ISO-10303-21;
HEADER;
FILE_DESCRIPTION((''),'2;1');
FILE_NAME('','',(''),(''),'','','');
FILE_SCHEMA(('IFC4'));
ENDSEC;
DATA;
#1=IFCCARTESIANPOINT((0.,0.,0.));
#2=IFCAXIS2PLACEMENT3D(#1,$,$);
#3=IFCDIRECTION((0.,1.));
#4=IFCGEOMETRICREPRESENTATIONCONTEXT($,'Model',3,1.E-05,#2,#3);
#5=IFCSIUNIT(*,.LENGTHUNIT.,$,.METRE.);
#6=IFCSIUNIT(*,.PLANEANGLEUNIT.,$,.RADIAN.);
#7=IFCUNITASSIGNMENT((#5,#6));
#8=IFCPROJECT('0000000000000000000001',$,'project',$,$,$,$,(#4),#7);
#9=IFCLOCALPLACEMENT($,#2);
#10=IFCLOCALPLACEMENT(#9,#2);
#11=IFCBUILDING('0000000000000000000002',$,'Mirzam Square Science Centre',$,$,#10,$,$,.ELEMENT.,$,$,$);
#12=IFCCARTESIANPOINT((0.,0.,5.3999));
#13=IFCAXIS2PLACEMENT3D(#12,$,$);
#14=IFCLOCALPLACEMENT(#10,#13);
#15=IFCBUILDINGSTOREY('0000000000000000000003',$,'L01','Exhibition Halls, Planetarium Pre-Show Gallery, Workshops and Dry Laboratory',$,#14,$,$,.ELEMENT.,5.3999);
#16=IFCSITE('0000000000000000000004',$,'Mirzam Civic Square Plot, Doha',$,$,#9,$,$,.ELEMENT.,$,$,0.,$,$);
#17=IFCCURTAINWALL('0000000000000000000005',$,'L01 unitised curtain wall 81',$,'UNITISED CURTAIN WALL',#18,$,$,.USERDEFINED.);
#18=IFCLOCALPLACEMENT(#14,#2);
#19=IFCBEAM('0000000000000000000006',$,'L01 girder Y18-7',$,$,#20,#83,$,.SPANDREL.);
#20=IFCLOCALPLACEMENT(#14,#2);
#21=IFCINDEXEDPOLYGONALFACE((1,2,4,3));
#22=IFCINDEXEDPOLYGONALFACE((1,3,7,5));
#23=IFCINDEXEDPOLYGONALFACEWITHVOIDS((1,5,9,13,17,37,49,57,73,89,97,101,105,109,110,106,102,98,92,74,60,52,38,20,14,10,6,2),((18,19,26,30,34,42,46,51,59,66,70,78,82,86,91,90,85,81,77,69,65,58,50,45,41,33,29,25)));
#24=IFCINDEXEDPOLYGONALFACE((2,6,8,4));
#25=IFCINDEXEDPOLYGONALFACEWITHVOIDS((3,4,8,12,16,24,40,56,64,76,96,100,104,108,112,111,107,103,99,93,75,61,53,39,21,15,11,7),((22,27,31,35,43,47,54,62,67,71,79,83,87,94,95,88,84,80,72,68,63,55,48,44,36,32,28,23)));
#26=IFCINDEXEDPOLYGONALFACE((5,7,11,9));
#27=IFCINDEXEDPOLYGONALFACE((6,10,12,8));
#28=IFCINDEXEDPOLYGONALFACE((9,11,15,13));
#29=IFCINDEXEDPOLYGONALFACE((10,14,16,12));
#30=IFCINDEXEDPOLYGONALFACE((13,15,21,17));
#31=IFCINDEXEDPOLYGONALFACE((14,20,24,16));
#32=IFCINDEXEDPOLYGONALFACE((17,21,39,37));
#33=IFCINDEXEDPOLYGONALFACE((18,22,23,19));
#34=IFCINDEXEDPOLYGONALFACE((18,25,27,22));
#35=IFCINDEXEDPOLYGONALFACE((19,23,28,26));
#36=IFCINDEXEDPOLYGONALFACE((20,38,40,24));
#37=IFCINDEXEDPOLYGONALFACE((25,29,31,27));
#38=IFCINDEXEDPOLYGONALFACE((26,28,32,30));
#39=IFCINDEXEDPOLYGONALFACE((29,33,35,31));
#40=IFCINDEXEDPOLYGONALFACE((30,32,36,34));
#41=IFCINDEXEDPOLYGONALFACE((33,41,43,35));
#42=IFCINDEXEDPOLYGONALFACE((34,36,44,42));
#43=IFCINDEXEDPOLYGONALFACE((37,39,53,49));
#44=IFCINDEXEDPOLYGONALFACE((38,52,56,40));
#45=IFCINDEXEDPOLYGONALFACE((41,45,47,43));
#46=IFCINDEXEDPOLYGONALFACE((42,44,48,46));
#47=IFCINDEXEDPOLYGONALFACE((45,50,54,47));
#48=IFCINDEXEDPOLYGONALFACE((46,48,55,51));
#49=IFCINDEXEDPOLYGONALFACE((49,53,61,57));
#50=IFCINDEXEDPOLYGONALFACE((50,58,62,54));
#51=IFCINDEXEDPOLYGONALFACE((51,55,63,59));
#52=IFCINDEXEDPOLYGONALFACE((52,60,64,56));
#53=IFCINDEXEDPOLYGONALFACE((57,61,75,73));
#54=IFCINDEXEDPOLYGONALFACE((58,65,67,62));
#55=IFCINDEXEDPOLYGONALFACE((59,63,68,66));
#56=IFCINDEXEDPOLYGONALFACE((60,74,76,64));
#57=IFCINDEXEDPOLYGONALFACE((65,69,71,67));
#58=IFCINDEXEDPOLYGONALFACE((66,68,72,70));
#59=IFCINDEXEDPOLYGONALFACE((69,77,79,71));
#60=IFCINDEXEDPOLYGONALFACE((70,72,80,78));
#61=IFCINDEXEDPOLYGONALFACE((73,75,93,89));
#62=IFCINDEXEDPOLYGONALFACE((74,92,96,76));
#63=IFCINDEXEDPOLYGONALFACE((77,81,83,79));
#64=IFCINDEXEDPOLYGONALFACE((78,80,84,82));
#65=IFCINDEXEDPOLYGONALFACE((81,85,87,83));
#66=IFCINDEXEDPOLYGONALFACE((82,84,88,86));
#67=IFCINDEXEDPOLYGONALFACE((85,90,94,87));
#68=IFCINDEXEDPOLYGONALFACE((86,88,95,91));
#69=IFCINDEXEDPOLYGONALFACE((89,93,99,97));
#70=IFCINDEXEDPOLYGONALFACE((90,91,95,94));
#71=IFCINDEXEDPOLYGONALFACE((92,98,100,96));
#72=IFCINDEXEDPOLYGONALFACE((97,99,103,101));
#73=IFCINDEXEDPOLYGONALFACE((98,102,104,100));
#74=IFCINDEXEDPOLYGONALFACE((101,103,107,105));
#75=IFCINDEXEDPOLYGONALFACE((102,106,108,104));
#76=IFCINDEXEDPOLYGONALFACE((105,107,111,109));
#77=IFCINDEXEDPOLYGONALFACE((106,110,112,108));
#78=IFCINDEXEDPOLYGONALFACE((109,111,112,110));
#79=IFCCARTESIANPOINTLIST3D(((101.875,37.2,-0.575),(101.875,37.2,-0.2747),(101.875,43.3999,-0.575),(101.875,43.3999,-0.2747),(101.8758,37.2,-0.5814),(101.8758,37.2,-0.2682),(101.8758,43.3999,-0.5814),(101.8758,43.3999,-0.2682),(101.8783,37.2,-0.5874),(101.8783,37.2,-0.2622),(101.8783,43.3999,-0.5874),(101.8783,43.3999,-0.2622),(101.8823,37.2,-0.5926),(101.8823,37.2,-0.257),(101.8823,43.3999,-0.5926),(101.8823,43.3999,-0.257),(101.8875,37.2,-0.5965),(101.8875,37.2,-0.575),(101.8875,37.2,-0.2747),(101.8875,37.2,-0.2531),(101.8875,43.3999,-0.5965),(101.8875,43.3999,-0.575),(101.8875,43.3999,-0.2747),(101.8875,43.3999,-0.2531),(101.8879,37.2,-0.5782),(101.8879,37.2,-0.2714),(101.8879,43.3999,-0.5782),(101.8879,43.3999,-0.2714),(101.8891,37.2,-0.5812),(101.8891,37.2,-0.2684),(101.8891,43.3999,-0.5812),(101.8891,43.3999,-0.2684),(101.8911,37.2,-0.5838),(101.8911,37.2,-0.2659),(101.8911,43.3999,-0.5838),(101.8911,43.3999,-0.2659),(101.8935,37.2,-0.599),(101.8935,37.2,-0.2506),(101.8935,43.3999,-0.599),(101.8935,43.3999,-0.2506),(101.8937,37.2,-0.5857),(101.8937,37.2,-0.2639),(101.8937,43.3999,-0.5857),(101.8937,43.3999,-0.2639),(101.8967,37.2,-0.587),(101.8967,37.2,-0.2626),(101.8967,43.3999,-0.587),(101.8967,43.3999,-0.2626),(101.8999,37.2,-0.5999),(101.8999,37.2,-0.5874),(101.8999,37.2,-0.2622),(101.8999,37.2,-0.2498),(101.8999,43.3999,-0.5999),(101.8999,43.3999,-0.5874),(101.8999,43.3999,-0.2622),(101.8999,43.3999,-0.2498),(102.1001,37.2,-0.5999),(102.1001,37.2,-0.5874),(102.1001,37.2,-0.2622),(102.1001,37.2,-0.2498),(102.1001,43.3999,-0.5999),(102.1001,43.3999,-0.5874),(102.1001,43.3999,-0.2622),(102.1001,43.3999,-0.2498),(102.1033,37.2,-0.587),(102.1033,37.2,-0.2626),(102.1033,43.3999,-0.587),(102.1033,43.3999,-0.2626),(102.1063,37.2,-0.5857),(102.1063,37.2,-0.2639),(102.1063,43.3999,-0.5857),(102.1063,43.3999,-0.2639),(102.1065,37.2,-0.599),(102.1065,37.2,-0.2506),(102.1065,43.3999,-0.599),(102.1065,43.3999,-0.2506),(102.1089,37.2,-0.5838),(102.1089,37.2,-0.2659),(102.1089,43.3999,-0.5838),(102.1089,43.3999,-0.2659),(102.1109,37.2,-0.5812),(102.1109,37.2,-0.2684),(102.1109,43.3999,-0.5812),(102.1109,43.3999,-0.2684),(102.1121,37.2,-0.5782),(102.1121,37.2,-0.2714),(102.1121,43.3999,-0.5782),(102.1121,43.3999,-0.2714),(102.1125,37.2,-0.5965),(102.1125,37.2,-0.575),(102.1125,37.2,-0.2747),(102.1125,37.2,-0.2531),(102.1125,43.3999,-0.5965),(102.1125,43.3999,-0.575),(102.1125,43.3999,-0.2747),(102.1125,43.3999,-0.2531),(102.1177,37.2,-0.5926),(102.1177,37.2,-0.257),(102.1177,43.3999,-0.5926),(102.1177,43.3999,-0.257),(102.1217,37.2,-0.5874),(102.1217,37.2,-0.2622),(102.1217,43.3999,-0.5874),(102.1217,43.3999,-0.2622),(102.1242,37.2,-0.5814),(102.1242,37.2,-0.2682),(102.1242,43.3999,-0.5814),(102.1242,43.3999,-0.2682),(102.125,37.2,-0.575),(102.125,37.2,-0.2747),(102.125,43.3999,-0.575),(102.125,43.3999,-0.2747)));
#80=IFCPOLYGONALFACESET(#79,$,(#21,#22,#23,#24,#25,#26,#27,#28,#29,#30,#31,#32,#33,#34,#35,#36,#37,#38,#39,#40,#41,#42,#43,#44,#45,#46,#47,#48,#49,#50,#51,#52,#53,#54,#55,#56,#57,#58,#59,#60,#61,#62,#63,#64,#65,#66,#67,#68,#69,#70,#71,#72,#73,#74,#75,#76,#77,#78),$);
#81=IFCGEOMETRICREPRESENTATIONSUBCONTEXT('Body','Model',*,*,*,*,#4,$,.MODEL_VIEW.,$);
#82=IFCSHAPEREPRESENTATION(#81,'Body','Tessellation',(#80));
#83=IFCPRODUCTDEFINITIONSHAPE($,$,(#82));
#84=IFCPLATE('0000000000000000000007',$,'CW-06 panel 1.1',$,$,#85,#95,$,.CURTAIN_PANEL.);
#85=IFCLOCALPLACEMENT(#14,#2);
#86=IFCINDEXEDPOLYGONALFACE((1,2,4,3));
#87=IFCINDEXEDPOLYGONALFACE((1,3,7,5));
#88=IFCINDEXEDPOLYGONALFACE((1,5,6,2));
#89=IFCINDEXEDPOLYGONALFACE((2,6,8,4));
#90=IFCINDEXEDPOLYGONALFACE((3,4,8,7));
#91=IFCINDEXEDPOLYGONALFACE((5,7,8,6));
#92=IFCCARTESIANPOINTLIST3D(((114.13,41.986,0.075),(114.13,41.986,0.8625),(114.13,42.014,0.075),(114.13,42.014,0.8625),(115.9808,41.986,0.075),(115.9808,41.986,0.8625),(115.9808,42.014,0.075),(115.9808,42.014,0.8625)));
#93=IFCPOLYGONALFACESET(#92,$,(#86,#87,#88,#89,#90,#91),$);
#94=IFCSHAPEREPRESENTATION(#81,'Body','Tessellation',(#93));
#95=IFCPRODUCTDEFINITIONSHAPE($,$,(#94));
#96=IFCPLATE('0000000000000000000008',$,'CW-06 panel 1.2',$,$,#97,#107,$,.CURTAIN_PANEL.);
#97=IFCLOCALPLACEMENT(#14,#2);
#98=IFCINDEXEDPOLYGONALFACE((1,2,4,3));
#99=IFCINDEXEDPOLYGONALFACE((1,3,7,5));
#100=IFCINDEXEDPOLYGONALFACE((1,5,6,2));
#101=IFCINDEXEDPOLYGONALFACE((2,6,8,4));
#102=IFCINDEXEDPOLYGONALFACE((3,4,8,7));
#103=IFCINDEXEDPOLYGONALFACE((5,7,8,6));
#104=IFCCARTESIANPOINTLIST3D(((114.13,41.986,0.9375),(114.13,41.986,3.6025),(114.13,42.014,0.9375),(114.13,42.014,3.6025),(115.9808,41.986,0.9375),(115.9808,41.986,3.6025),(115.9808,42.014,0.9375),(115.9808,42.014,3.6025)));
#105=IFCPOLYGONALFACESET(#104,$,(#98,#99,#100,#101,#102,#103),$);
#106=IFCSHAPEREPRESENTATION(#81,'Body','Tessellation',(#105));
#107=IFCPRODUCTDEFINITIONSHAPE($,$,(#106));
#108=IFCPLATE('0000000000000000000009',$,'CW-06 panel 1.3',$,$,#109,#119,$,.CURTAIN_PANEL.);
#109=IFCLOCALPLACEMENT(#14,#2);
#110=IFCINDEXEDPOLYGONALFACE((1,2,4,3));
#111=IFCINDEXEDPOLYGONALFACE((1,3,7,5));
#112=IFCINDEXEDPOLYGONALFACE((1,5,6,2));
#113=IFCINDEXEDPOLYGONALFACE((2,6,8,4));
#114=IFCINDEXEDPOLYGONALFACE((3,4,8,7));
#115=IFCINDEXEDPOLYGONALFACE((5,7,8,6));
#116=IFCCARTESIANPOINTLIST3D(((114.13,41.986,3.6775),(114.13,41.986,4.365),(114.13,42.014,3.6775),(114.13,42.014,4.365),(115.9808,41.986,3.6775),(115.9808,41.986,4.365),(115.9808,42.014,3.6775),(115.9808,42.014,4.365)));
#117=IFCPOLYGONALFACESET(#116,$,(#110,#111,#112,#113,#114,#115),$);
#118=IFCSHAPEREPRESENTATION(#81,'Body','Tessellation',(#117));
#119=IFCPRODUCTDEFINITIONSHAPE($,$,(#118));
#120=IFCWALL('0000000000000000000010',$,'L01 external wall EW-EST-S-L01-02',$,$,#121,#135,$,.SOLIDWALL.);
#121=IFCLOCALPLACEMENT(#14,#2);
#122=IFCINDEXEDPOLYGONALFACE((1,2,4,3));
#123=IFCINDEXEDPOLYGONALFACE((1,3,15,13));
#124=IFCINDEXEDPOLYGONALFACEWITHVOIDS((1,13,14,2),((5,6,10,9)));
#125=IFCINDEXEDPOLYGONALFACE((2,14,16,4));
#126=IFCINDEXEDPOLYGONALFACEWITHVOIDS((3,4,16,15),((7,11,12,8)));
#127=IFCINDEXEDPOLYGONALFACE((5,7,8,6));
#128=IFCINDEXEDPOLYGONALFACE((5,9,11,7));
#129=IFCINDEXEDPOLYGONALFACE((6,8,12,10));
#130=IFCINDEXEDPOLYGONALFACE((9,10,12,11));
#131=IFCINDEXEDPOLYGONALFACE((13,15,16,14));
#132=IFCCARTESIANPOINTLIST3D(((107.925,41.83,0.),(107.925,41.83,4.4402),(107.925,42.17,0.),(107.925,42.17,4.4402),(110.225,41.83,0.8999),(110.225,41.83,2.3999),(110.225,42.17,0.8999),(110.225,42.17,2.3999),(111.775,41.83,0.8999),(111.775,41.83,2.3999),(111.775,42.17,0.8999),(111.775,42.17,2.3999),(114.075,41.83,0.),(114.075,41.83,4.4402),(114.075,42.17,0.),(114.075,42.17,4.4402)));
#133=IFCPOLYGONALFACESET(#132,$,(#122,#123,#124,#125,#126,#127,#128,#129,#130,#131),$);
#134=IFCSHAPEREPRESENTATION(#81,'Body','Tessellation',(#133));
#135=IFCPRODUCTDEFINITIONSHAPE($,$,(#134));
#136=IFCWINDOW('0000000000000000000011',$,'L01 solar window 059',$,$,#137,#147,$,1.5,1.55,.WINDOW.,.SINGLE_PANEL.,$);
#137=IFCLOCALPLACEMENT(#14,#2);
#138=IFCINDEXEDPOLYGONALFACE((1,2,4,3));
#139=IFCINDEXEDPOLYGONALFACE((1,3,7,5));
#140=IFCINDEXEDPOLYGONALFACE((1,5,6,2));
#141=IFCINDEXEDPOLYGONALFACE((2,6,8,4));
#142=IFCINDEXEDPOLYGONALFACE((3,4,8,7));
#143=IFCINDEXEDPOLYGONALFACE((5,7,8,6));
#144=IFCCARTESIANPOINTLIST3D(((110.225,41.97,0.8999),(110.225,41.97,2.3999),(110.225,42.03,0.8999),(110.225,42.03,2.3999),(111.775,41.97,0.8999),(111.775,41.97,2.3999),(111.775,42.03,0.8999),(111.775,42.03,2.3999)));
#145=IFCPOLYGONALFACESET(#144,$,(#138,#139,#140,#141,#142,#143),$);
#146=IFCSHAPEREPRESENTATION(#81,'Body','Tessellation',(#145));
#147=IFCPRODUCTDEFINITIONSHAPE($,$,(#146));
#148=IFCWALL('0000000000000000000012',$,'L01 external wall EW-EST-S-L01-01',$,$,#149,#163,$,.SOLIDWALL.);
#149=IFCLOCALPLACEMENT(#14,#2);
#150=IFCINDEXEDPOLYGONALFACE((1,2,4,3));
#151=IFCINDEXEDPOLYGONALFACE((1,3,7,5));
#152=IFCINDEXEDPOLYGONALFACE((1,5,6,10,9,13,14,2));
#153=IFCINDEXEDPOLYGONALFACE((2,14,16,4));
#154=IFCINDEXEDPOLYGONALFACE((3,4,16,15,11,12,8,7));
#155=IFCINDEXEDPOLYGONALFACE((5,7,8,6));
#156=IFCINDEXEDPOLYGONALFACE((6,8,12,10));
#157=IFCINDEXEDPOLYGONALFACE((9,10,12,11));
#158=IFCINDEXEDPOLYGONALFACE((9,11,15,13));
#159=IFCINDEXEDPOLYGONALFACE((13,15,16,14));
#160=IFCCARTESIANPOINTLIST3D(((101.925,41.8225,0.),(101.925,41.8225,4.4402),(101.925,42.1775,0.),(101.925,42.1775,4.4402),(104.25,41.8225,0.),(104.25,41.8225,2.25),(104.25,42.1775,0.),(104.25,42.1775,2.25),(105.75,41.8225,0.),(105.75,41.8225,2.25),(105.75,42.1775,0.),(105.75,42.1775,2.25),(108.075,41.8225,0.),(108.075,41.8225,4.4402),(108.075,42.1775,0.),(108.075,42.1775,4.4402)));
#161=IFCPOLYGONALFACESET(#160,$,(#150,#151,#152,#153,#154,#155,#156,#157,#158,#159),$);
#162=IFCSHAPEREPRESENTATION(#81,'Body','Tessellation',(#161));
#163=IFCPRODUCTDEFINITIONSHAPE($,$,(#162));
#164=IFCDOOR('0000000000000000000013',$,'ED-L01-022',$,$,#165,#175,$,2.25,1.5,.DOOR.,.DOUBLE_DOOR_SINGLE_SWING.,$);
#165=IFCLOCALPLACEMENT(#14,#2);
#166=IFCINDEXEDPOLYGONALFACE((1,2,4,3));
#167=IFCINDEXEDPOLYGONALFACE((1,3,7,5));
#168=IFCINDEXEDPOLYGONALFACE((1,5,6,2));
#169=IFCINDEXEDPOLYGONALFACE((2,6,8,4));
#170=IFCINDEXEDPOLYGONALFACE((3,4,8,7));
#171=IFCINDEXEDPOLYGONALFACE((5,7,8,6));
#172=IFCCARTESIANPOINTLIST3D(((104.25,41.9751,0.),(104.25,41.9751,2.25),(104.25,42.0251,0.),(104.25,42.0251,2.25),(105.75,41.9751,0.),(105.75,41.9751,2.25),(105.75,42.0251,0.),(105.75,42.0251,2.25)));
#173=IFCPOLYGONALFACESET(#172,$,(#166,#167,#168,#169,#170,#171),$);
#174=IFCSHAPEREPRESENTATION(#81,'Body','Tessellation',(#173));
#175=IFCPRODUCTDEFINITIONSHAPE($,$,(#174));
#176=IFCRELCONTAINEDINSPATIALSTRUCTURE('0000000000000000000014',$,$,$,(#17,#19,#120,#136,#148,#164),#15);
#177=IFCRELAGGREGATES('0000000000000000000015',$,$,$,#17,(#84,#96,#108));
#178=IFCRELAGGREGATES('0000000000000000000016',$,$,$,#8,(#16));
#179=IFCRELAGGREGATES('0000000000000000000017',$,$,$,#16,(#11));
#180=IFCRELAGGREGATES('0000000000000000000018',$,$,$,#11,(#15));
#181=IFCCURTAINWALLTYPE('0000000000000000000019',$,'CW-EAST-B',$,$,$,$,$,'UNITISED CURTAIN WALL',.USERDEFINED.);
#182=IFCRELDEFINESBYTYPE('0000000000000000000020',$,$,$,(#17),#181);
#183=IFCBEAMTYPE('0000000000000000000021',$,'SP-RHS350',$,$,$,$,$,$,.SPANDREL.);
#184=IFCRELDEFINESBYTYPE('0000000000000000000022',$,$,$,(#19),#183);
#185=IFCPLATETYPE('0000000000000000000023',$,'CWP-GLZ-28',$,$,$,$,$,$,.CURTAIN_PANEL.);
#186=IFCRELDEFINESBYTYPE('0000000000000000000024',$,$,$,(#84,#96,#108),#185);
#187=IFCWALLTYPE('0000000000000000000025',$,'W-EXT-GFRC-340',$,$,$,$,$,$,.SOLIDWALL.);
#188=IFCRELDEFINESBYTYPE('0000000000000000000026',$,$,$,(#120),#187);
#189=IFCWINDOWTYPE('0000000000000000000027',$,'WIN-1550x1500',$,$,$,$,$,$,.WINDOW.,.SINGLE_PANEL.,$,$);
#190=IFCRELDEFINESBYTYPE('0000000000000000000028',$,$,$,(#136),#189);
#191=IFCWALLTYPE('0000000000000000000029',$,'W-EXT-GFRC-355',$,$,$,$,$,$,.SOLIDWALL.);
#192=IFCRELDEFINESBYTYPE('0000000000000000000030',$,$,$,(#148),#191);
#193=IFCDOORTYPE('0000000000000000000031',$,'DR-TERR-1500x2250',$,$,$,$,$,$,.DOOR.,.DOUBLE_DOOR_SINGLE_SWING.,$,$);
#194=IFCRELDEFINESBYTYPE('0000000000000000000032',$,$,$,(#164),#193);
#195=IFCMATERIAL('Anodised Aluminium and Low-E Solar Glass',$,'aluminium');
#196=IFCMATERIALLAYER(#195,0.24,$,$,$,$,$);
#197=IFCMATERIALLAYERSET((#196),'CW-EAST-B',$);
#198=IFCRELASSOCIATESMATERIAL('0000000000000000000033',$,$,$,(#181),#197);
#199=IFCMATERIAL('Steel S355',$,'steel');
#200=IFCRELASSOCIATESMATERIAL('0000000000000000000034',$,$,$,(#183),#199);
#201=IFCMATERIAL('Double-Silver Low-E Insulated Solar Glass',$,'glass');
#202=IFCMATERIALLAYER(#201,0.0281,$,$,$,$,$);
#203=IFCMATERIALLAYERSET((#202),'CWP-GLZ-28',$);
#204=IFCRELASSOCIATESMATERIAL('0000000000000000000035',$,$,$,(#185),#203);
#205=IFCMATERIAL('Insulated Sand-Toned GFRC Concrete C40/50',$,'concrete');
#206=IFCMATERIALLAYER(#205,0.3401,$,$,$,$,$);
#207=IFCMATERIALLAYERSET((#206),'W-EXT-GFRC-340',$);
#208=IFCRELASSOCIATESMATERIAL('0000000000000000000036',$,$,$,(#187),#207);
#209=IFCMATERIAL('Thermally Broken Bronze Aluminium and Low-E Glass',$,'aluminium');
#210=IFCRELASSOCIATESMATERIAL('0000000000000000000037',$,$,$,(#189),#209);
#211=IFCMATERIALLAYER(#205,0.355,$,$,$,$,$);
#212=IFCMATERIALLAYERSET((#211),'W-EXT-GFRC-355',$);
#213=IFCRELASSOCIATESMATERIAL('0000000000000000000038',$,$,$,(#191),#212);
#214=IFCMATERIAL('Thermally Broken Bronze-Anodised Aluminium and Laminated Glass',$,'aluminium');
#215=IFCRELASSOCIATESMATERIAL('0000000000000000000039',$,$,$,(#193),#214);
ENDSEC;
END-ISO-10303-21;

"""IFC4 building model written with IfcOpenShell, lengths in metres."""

from ifc_helpers import new_model, si_unit, direction, frame, frame_2d, origin, origin_2d, place, context, subcontext, project, spatial, rectangle, hollow_rectangle, extrude, material, layer, layer_set, material_profile, profile_set, type_object, element, fill, aggregate, save


model = new_model("IFC4")

# Units and contexts
model_context = context("Model", 3, precision=1e-05, world=origin(), true_north=direction((0.0, 1.0)))
body_context = subcontext(model_context, "Body", "Model", "MODEL_VIEW")
ifc_project = project(units=[si_unit("LENGTHUNIT", "METRE"), si_unit("PLANEANGLEUNIT", "RADIAN")], contexts=[model_context])

# Site, building, storey
site_placement = place(None, origin())
site = spatial("IfcSite", under=ifc_project, at=site_placement, Name="Mirzam Civic Square Plot, Doha", CompositionType="ELEMENT", RefElevation=0.0)
building_placement = place(site_placement, origin())
building = spatial("IfcBuilding", under=site, at=building_placement, Name="Mirzam Square Science Centre", CompositionType="ELEMENT")
storey_placement = place(building_placement, frame((0.0, 0.0, 5.3999)))
storey = spatial("IfcBuildingStorey", under=building, at=storey_placement, Name="L01", Description="Exhibition Halls, Planetarium Pre-Show Gallery, Workshops and Dry Laboratory", CompositionType="ELEMENT", Elevation=5.3999)

# Shared definitions
ifc_material_1 = material(Name="Steel S355", Category="steel")

# Curtain wall
ifc_material_2 = material(Name="Anodised Aluminium and Low-E Solar Glass", Category="aluminium")
ifc_layer_1 = layer(ifc_material_2, 0.24)
ifc_layer_set_1 = layer_set([ifc_layer_1], Name="CW-EAST-B")
curtain_wall_type = type_object("IfcCurtainWallType", Name="CW-EAST-B", ElementType="UNITISED CURTAIN WALL", PredefinedType="USERDEFINED", material=ifc_layer_set_1)
curtain_wall_placement = place(storey_placement, origin())
curtain_wall = element("IfcCurtainWall", 1, at=curtain_wall_placement, inside=storey, type_object=curtain_wall_type, Name="L01 unitised curtain wall 81", ObjectType="UNITISED CURTAIN WALL", PredefinedType="USERDEFINED")

# Beam
ifc_material_profile_1 = material_profile(ifc_material_1, hollow_rectangle(XDim=0.25, YDim=0.3501, WallThickness=0.0125, InnerFilletRadius=0.0125, OuterFilletRadius=0.0249, at=origin_2d()), Name="350x250x12.5RHS")
ifc_profile_set_1 = profile_set([ifc_material_profile_1], Name="Steel S355")
beam_type_1 = type_object("IfcBeamType", Name="SP-RHS350", PredefinedType="SPANDREL", material=ifc_profile_set_1)
beam_1_placement = place(storey_placement, frame((102.0, 37.2, -0.4248), z_axis=(0.0, 1.0, 0.0), x_axis=(-1.0, 0.0, 0.0)))
element("IfcBeam", 2, at=beam_1_placement, inside=storey, type_object=beam_type_1, Name="L01 girder Y18-7", PredefinedType="SPANDREL", context=body_context, shape_type="SweptSolid", body=[
    extrude(hollow_rectangle(XDim=0.25, YDim=0.3501, WallThickness=0.0125, InnerFilletRadius=0.0125, OuterFilletRadius=0.0249, at=origin_2d()), origin(), (0.0, 0.0, 1.0), 6.2),
])

# Plates
ifc_material_3 = material(Name="Double-Silver Low-E Insulated Solar Glass", Category="glass")
ifc_layer_2 = layer(ifc_material_3, 0.0281)
ifc_layer_set_2 = layer_set([ifc_layer_2], Name="CWP-GLZ-28")
plate_type = type_object("IfcPlateType", Name="CWP-GLZ-28", PredefinedType="CURTAIN_PANEL", material=ifc_layer_set_2)
plate_1_placement = place(storey_placement, frame((115.0554, 42.0, 0.075), z_axis=(0.0, 0.0, 1.0), x_axis=(1.0, 0.0, 0.0)))
plate_1 = element("IfcPlate", 3, at=plate_1_placement, type_object=plate_type, Name="CW-06 panel 1.1", PredefinedType="CURTAIN_PANEL", context=body_context, shape_type="SweptSolid", body=[
    extrude(rectangle(XDim=1.8508, YDim=0.0281, at=origin_2d()), origin(), (0.0, 0.0, 1.0), 0.7876),
])
plate_2_placement = place(storey_placement, frame((115.0554, 42.0, 0.9375), z_axis=(0.0, 0.0, 1.0), x_axis=(1.0, 0.0, 0.0)))
plate_2 = element("IfcPlate", 4, at=plate_2_placement, type_object=plate_type, Name="CW-06 panel 1.2", PredefinedType="CURTAIN_PANEL", context=body_context, shape_type="SweptSolid", body=[
    extrude(rectangle(XDim=1.8508, YDim=0.0281, at=origin_2d()), origin(), (0.0, 0.0, 1.0), 2.665),
])
plate_3_placement = place(storey_placement, frame((115.0554, 42.0, 3.6775), z_axis=(0.0, 0.0, 1.0), x_axis=(1.0, 0.0, 0.0)))
plate_3 = element("IfcPlate", 5, at=plate_3_placement, type_object=plate_type, Name="CW-06 panel 1.3", PredefinedType="CURTAIN_PANEL", context=body_context, shape_type="SweptSolid", body=[
    extrude(rectangle(XDim=1.8508, YDim=0.0281, at=origin_2d()), origin(), (0.0, 0.0, 1.0), 0.6875),
])
aggregate(curtain_wall, [plate_1, plate_2, plate_3])

# Wall, opening, window
ifc_material_4 = material(Name="Insulated Sand-Toned GFRC Concrete C40/50", Category="concrete")
ifc_layer_3 = layer(ifc_material_4, 0.3401)
ifc_layer_set_3 = layer_set([ifc_layer_3], Name="W-EXT-GFRC-340")
wall_type_1 = type_object("IfcWallType", Name="W-EXT-GFRC-340", PredefinedType="SOLIDWALL", material=ifc_layer_set_3)
wall_1_placement = place(storey_placement, frame((107.925, 42.0, 0.0), z_axis=(0.0, 0.0, 1.0), x_axis=(1.0, 0.0, 0.0)))
wall_1 = element("IfcWall", 6, at=wall_1_placement, inside=storey, type_object=wall_type_1, Name="L01 external wall EW-EST-S-L01-02", PredefinedType="SOLIDWALL", context=body_context, shape_type="SweptSolid", body=[
    extrude(rectangle(XDim=6.1499, YDim=0.3401, at=frame_2d((3.075, 0.0))), origin(), (0.0, 0.0, 1.0), 4.4402),
])
opening_1_placement = place(wall_1_placement, frame((2.3, 0.0, 0.8999)))
opening_1 = element("IfcOpeningElement", 7, at=opening_1_placement, cuts=wall_1, PredefinedType="OPENING", context=body_context, shape_type="SweptSolid", body=[
    extrude(rectangle(XDim=1.55, YDim=1.5, at=frame_2d((0.7749, 0.75))), frame((0.0, 0.1799, 0.0), z_axis=(0.0, -1.0, 0.0), x_axis=(1.0, 0.0, 0.0)), (0.0, 0.0, 1.0), 0.3601),
])
ifc_material_5 = material(Name="Thermally Broken Bronze Aluminium and Low-E Glass", Category="aluminium")
window_type = type_object("IfcWindowType", Name="WIN-1550x1500", PartitioningType="SINGLE_PANEL", PredefinedType="WINDOW", material=ifc_material_5)
window_placement = place(opening_1_placement, origin())
window = element("IfcWindow", 8, at=window_placement, inside=storey, type_object=window_type, Name="L01 solar window 059", OverallHeight=1.5, OverallWidth=1.55, PartitioningType="SINGLE_PANEL", PredefinedType="WINDOW", context=body_context, shape_type="SweptSolid", body=[
    extrude(rectangle(XDim=1.55, YDim=1.5, at=frame_2d((0.7749, 0.75))), frame((0.0, 0.03, 0.0), z_axis=(0.0, -1.0, 0.0), x_axis=(1.0, 0.0, 0.0)), (0.0, 0.0, 1.0), 0.0601),
])
fill(opening_1, window)

# Wall, opening, door
ifc_layer_4 = layer(ifc_material_4, 0.355)
ifc_layer_set_4 = layer_set([ifc_layer_4], Name="W-EXT-GFRC-355")
wall_type_2 = type_object("IfcWallType", Name="W-EXT-GFRC-355", PredefinedType="SOLIDWALL", material=ifc_layer_set_4)
wall_2_placement = place(storey_placement, frame((101.925, 42.0, 0.0), z_axis=(0.0, 0.0, 1.0), x_axis=(1.0, 0.0, 0.0)))
wall_2 = element("IfcWall", 9, at=wall_2_placement, inside=storey, type_object=wall_type_2, Name="L01 external wall EW-EST-S-L01-01", PredefinedType="SOLIDWALL", context=body_context, shape_type="SweptSolid", body=[
    extrude(rectangle(XDim=6.1499, YDim=0.355, at=frame_2d((3.075, 0.0))), origin(), (0.0, 0.0, 1.0), 4.4402),
])
opening_2_placement = place(wall_2_placement, frame((2.325, 0.0, 0.0)))
opening_2 = element("IfcOpeningElement", 10, at=opening_2_placement, cuts=wall_2, PredefinedType="OPENING", context=body_context, shape_type="SweptSolid", body=[
    extrude(rectangle(XDim=1.5, YDim=2.25, at=frame_2d((0.75, 1.125))), frame((0.0, 0.1875, 0.0), z_axis=(0.0, -1.0, 0.0), x_axis=(1.0, 0.0, 0.0)), (0.0, 0.0, 1.0), 0.375),
])
ifc_material_6 = material(Name="Thermally Broken Bronze-Anodised Aluminium and Laminated Glass", Category="aluminium")
door_type = type_object("IfcDoorType", Name="DR-TERR-1500x2250", OperationType="DOUBLE_DOOR_SINGLE_SWING", PredefinedType="DOOR", material=ifc_material_6)
door_placement = place(opening_2_placement, frame((1.5, 0.0, 0.0), z_axis=(0.0, 0.0, 1.0), x_axis=(-1.0, 0.0, 0.0)))
door = element("IfcDoor", 11, at=door_placement, inside=storey, type_object=door_type, Name="ED-L01-022", OperationType="DOUBLE_DOOR_SINGLE_SWING", OverallHeight=2.25, OverallWidth=1.5, PredefinedType="DOOR", context=body_context, shape_type="SweptSolid", body=[
    extrude(rectangle(XDim=1.5, YDim=2.25, at=frame_2d((0.75, 1.125))), frame((0.0, 0.0249, 0.0), z_axis=(0.0, -1.0, 0.0), x_axis=(1.0, 0.0, 0.0)), (0.0, 0.0, 1.0), 0.05),
])
fill(opening_2, door)

save(model, "model.ifc")
